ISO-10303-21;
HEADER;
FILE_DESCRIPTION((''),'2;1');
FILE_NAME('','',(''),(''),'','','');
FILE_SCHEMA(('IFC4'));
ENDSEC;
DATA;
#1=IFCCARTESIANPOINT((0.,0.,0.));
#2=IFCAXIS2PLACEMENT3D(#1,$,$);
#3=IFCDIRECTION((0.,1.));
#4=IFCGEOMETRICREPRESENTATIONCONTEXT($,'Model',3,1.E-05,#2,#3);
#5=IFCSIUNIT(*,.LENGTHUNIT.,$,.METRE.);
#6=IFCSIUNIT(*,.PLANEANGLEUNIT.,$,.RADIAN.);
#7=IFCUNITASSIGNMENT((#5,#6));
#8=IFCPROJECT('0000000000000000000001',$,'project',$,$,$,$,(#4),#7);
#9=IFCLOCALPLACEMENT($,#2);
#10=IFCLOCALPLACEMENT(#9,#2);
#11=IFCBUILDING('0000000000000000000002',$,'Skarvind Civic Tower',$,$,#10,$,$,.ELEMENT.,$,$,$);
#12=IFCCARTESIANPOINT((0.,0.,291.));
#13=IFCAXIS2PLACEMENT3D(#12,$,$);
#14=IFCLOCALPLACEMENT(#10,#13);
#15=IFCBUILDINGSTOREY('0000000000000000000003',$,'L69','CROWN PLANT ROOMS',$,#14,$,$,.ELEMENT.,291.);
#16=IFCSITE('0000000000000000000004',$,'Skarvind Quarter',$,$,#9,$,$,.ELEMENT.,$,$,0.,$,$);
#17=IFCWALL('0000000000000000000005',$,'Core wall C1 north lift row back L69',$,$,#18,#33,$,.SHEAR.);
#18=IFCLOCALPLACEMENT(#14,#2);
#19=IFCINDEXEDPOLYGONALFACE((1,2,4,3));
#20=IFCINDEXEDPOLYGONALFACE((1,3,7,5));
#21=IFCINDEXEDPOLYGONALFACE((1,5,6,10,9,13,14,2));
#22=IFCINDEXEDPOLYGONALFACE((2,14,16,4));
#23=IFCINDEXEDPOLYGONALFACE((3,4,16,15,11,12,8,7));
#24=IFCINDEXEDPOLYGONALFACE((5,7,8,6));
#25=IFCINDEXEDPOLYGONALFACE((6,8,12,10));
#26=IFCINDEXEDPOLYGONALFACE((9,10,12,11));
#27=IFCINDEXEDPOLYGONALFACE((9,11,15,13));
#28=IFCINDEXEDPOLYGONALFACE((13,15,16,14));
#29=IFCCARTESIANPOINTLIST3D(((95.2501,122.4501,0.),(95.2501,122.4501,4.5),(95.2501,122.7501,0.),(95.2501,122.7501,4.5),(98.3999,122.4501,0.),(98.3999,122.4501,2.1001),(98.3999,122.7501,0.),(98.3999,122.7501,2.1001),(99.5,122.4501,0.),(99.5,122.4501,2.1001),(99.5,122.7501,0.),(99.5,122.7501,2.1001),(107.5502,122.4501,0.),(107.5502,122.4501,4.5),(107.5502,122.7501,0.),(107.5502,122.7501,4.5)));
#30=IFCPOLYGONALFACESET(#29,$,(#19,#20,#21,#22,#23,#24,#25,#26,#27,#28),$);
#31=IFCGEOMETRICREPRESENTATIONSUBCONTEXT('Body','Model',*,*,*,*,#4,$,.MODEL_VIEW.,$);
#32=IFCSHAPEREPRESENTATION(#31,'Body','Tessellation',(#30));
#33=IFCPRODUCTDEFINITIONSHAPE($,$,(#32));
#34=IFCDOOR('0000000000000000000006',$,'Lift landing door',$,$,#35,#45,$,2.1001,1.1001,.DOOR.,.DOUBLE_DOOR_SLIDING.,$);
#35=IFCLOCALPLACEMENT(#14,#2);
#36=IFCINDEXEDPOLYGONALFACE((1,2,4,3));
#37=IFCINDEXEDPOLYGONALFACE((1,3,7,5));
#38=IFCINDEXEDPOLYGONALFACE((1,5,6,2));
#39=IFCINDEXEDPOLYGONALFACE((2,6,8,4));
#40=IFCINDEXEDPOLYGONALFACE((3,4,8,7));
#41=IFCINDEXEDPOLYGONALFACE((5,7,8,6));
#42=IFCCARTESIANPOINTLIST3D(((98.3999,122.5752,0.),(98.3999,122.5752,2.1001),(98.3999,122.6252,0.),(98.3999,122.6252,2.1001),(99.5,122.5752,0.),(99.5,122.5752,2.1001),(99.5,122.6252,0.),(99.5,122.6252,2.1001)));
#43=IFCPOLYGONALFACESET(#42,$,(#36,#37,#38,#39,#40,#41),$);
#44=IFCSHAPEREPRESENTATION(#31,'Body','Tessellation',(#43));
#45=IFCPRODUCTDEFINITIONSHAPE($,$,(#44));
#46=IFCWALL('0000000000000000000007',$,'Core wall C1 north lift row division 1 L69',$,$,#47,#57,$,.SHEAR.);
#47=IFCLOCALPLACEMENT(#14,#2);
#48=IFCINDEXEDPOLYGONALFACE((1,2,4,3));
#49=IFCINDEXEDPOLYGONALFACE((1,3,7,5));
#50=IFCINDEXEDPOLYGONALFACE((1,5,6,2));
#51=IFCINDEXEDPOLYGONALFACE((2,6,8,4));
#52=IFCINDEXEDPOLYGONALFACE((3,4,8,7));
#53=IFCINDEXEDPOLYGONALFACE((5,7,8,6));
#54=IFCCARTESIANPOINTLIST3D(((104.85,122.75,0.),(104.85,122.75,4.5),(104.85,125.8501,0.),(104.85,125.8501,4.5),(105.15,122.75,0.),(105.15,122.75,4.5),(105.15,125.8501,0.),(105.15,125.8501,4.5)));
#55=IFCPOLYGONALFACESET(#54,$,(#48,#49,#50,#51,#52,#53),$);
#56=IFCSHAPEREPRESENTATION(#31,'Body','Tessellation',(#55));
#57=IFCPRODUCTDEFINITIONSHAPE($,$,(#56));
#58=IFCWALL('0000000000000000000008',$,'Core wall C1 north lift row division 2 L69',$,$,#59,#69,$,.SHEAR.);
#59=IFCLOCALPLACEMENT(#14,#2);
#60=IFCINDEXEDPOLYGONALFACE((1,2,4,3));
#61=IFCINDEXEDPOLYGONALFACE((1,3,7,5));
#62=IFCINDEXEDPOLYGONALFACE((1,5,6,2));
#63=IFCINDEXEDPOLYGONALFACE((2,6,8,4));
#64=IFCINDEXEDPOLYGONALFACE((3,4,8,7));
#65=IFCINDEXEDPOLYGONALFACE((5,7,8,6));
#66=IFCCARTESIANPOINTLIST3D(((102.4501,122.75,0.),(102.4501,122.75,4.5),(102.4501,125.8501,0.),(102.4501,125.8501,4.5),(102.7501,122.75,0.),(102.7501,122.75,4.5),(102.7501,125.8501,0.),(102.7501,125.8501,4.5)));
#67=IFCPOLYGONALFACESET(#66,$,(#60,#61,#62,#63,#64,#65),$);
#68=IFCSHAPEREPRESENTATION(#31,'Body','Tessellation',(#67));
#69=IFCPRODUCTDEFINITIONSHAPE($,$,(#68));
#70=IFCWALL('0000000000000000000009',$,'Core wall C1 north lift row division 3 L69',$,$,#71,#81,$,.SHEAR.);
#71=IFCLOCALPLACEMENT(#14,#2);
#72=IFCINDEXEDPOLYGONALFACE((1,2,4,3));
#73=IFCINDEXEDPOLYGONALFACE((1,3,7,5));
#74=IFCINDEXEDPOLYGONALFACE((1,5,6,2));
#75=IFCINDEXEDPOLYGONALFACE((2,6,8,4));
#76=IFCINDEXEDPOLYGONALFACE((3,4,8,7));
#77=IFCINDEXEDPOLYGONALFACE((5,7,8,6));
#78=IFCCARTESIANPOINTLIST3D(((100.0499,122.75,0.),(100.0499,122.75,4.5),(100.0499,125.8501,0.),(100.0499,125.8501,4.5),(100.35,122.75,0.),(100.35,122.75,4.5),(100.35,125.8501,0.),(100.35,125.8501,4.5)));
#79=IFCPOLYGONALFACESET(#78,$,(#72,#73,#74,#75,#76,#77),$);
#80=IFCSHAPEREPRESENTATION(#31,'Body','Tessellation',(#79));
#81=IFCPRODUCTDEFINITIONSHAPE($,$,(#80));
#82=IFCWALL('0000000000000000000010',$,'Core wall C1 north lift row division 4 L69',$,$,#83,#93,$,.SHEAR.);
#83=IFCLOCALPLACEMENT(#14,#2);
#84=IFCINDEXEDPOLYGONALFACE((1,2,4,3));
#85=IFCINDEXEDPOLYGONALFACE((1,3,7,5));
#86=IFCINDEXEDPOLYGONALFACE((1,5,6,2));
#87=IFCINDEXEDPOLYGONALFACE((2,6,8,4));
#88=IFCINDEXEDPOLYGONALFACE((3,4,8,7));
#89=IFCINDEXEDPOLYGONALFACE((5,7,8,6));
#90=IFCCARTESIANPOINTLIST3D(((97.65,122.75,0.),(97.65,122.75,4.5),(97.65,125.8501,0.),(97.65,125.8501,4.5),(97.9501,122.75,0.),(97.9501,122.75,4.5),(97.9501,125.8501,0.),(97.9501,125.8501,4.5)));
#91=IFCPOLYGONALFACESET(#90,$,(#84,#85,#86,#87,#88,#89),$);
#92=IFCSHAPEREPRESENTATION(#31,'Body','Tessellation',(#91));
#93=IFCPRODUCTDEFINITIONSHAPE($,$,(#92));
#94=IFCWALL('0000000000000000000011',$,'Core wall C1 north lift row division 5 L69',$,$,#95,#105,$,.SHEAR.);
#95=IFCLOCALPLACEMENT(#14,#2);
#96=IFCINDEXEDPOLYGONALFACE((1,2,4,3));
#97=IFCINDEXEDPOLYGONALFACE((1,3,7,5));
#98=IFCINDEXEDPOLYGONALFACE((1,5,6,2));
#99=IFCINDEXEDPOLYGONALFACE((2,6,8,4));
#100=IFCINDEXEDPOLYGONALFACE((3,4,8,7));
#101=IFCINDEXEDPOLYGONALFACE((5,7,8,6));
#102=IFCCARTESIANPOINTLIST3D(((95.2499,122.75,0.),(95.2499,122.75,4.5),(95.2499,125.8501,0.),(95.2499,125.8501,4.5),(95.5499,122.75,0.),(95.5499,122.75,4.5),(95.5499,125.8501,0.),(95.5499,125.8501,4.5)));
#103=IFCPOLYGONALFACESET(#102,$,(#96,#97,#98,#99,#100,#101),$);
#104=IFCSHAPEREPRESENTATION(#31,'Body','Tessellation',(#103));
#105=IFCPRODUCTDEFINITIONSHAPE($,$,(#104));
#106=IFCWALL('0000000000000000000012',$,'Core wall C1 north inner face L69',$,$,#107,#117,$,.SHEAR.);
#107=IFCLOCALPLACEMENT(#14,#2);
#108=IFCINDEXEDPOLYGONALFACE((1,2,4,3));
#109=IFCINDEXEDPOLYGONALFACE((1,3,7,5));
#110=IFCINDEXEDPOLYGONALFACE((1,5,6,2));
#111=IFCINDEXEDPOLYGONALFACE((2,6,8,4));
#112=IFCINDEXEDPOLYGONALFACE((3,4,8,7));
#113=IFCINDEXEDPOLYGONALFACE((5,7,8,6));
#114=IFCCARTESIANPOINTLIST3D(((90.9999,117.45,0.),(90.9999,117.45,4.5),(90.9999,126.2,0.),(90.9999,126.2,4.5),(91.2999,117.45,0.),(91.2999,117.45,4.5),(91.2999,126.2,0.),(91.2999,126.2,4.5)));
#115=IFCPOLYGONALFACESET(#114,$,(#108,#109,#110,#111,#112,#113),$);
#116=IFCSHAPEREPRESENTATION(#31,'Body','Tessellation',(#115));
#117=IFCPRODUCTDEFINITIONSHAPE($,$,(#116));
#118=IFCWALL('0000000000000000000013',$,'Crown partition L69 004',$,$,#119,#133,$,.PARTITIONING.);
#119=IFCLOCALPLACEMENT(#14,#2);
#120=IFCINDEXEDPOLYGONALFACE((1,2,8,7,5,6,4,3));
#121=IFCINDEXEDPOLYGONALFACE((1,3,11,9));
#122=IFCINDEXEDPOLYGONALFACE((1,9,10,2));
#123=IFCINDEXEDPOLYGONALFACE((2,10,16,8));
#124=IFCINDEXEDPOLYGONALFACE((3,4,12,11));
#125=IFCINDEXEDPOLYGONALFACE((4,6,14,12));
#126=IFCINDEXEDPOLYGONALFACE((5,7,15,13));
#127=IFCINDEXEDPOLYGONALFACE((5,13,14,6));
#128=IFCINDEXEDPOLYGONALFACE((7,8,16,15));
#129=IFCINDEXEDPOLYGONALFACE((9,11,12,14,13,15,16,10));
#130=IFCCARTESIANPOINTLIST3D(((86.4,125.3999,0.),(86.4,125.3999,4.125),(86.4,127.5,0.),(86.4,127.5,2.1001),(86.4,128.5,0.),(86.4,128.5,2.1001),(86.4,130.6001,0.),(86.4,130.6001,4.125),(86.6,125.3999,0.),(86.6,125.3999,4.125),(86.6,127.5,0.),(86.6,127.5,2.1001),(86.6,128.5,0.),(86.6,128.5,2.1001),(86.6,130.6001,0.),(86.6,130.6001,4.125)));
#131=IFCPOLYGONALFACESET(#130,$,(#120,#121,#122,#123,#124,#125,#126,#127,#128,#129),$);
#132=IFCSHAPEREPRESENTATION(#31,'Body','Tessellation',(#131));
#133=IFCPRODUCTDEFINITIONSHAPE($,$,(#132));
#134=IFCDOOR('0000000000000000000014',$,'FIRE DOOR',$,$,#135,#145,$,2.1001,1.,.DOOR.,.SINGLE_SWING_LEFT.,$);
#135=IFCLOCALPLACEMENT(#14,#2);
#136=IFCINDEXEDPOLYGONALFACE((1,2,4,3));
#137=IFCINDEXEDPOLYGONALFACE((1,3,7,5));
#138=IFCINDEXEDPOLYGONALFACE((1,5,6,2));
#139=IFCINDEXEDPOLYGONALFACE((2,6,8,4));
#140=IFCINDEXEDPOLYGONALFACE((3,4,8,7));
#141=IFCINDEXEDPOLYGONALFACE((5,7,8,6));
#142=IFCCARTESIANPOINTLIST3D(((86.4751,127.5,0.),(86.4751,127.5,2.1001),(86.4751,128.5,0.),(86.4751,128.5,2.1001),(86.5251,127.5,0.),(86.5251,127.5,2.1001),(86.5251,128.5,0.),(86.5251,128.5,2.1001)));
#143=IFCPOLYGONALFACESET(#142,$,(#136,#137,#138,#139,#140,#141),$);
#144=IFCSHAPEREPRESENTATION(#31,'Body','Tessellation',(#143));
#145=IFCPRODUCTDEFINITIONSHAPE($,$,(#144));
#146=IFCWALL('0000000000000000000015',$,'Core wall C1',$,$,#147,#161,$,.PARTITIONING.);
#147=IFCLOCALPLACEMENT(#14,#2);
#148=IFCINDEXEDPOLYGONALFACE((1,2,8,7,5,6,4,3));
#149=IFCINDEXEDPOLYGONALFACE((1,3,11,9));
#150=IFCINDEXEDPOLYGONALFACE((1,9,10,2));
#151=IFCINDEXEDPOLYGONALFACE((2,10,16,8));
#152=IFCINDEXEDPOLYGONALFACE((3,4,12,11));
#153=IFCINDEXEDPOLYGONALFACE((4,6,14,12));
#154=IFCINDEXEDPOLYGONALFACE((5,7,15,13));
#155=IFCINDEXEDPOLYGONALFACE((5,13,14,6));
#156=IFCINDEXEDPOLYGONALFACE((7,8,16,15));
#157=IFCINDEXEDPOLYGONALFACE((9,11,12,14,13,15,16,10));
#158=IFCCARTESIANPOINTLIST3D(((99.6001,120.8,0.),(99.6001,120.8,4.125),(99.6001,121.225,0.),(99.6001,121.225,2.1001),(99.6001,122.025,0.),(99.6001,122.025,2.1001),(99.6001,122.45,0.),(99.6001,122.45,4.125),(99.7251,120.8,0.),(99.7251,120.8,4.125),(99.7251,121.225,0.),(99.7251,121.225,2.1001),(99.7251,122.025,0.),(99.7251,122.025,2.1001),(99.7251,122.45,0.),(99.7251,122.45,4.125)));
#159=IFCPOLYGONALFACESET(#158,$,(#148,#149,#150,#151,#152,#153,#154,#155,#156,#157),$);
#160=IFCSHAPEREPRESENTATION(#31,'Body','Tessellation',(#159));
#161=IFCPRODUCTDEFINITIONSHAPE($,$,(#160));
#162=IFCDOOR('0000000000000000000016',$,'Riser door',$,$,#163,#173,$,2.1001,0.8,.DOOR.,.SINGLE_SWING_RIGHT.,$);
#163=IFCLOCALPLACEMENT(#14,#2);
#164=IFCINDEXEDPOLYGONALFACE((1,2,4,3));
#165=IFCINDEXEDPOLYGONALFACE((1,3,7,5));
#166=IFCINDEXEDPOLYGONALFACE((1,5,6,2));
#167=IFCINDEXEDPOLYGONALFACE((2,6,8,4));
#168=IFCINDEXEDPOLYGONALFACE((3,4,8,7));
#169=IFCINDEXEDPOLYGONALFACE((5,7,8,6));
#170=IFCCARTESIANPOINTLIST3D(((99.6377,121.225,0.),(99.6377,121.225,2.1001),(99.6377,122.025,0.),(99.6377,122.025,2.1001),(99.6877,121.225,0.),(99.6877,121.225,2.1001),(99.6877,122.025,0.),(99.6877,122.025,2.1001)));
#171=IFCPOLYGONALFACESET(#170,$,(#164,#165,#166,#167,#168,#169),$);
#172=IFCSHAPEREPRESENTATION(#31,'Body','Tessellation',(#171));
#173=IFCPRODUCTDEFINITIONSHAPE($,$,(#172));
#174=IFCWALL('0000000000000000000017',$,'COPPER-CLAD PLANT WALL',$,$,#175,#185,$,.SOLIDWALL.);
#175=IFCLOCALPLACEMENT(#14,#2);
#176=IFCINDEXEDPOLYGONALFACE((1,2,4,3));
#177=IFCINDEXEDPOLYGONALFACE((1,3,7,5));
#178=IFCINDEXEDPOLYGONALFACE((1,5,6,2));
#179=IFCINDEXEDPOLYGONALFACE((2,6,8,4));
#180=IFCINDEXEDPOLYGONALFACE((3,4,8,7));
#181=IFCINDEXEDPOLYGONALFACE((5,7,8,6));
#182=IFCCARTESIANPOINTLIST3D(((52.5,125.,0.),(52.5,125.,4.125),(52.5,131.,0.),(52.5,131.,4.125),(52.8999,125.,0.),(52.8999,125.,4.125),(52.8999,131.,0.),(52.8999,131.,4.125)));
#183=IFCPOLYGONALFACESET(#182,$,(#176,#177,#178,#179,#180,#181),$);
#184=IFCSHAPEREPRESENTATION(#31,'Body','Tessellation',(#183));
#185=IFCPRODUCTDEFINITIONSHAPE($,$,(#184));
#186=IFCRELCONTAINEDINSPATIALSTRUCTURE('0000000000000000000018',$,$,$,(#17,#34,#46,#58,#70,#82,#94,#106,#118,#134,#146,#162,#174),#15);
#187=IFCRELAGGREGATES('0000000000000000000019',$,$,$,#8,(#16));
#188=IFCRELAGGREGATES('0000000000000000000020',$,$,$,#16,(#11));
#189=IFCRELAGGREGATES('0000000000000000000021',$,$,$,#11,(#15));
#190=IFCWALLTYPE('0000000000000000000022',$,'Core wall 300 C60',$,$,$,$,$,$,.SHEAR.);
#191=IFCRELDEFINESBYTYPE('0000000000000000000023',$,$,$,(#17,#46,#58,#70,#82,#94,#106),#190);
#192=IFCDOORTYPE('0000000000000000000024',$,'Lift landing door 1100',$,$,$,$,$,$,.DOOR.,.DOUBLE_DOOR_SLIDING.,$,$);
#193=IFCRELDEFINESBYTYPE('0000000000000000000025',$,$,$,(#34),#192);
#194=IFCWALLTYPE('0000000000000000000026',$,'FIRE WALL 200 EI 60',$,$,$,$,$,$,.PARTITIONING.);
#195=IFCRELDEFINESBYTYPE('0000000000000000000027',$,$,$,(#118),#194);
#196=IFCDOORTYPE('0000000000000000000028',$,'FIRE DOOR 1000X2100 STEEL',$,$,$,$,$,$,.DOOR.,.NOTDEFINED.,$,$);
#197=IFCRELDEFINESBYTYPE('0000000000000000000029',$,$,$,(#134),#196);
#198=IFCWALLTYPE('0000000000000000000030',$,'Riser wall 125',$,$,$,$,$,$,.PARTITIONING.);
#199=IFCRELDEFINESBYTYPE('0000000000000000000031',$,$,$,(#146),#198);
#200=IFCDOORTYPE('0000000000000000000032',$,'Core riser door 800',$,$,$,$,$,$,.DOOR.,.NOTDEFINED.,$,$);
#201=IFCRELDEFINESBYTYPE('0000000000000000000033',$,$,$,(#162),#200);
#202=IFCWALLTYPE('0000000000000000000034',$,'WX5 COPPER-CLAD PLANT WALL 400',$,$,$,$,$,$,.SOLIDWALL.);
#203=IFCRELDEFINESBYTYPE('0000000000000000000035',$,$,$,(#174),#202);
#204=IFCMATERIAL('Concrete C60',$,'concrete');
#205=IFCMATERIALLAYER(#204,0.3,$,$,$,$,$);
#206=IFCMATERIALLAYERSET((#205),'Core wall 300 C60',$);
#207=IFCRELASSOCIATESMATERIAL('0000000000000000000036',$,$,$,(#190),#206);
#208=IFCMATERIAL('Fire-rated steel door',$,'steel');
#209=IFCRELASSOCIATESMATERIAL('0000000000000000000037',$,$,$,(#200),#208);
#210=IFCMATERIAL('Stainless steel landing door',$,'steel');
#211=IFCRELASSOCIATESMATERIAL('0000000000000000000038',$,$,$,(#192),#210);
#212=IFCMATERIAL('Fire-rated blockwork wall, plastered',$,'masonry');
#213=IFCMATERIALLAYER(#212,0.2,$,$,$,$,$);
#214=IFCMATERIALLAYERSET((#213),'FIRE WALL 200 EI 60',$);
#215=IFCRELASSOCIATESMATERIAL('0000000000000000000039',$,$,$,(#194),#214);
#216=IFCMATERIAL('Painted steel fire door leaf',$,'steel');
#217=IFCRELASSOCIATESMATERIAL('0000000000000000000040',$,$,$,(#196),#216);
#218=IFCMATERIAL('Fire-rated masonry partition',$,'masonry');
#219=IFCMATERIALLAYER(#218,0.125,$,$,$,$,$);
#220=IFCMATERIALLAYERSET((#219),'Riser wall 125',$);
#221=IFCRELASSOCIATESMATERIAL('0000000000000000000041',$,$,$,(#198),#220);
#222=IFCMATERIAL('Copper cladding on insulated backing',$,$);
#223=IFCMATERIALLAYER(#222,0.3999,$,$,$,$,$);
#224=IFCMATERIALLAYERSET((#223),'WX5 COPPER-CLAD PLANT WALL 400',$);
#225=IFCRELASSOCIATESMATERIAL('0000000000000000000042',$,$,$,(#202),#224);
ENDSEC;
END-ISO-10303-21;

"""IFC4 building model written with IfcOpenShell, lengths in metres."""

from ifc_helpers import new_model, si_unit, direction, frame, frame_2d, origin, place, context, subcontext, project, spatial, rectangle, extrude, material, layer, layer_set, type_object, element, fill, save


model = new_model("IFC4")

# Units and contexts
model_context = context("Model", 3, precision=1e-05, world=origin(), true_north=direction((0.0, 1.0)))
body_context = subcontext(model_context, "Body", "Model", "MODEL_VIEW")
ifc_project = project(units=[si_unit("LENGTHUNIT", "METRE"), si_unit("PLANEANGLEUNIT", "RADIAN")], contexts=[model_context])

# Site, building, storey
site_placement = place(None, origin())
site = spatial("IfcSite", under=ifc_project, at=site_placement, Name="Skarvind Quarter", CompositionType="ELEMENT", RefElevation=0.0)
building_placement = place(site_placement, origin())
building = spatial("IfcBuilding", under=site, at=building_placement, Name="Skarvind Civic Tower", CompositionType="ELEMENT")
storey_placement = place(building_placement, frame((0.0, 0.0, 291.0)))
storey = spatial("IfcBuildingStorey", under=building, at=storey_placement, Name="L69", Description="CROWN PLANT ROOMS", CompositionType="ELEMENT", Elevation=291.0)

# Shared definitions
ifc_material_1 = material(Name="Concrete C60", Category="concrete")

# Shared definitions
ifc_material_2 = material(Name="Fire-rated masonry partition", Category="masonry")
ifc_material_3 = material(Name="Fire-rated steel door", Category="steel")

# Shared definitions
ifc_layer_1 = layer(ifc_material_1, 0.3)
ifc_layer_set_1 = layer_set([ifc_layer_1], Name="Core wall 300 C60")
wall_type_1 = type_object("IfcWallType", Name="Core wall 300 C60", PredefinedType="SHEAR", material=ifc_layer_set_1)
door_type_1 = type_object("IfcDoorType", Name="Core riser door 800", OperationType="NOTDEFINED", PredefinedType="DOOR", material=ifc_material_3)
ifc_material_4 = material(Name="Stainless steel landing door", Category="steel")
door_type_2 = type_object("IfcDoorType", Name="Lift landing door 1100", OperationType="DOUBLE_DOOR_SLIDING", PredefinedType="DOOR", material=ifc_material_4)

# Wall, opening, door
wall_1_placement = place(storey_placement, frame((107.55, 122.6001, 0.0), z_axis=(0.0, 0.0, 1.0), x_axis=(-1.0, 0.0, 0.0)))
wall_1 = element("IfcWall", 1, at=wall_1_placement, inside=storey, type_object=wall_type_1, Name="Core wall C1 north lift row back L69", PredefinedType="SHEAR", context=body_context, shape_type="SweptSolid", body=[
    extrude(rectangle(XDim=12.3, YDim=0.3, at=frame_2d((6.1499, 0.0))), origin(), (0.0, 0.0, 1.0), 4.5),
])
opening_1_placement = place(wall_1_placement, frame((8.05, 0.0, 0.0)))
opening_1 = element("IfcOpeningElement", 2, at=opening_1_placement, cuts=wall_1, PredefinedType="OPENING", context=body_context, shape_type="SweptSolid", body=[
    extrude(rectangle(XDim=1.1001, YDim=2.1001, at=frame_2d((0.55, 1.05))), frame((0.0, 0.1599, 0.0), z_axis=(0.0, -1.0, 0.0), x_axis=(1.0, 0.0, 0.0)), (0.0, 0.0, 1.0), 0.3201),
])
door_1_placement = place(opening_1_placement, origin())
door_1 = element("IfcDoor", 3, at=door_1_placement, inside=storey, type_object=door_type_2, Name="Lift landing door", OperationType="DOUBLE_DOOR_SLIDING", OverallHeight=2.1001, OverallWidth=1.1001, PredefinedType="DOOR", context=body_context, shape_type="SweptSolid", body=[
    extrude(rectangle(XDim=1.1001, YDim=2.1001, at=frame_2d((0.55, 1.05))), frame((0.0, 0.0249, 0.0), z_axis=(0.0, -1.0, 0.0), x_axis=(1.0, 0.0, 0.0)), (0.0, 0.0, 1.0), 0.05),
])
fill(opening_1, door_1)

# Walls
for number, where, z_axis, x_axis, name in (
    (4, (105.0, 125.8501, 0.0), (0.0, 0.0, 1.0), (0.0, -1.0, 0.0), "Core wall C1 north lift row division 1 L69"),
    (5, (102.6001, 125.8501, 0.0), (0.0, 0.0, 1.0), (0.0, -1.0, 0.0), "Core wall C1 north lift row division 2 L69"),
    (6, (100.2, 125.8501, 0.0), (0.0, 0.0, 1.0), (0.0, -1.0, 0.0), "Core wall C1 north lift row division 3 L69"),
    (7, (97.8, 125.8501, 0.0), (0.0, 0.0, 1.0), (0.0, -1.0, 0.0), "Core wall C1 north lift row division 4 L69"),
    (8, (95.3999, 125.8501, 0.0), (0.0, 0.0, 1.0), (0.0, -1.0, 0.0), "Core wall C1 north lift row division 5 L69"),
):
    element("IfcWall", number, at=place(storey_placement, frame(where, z_axis=z_axis, x_axis=x_axis)), inside=storey, type_object=wall_type_1, Name=name, PredefinedType="SHEAR", context=body_context, shape_type="SweptSolid", body=[
        extrude(rectangle(XDim=3.1001, YDim=0.3, at=frame_2d((1.55, 0.0))), origin(), (0.0, 0.0, 1.0), 4.5),
    ])
wall_2_placement = place(storey_placement, frame((91.1499, 126.2, 0.0), z_axis=(0.0, 0.0, 1.0), x_axis=(0.0, -1.0, 0.0)))
element("IfcWall", 9, at=wall_2_placement, inside=storey, type_object=wall_type_1, Name="Core wall C1 north inner face L69", PredefinedType="SHEAR", context=body_context, shape_type="SweptSolid", body=[
    extrude(rectangle(XDim=8.75, YDim=0.3, at=frame_2d((4.375, 0.0))), origin(), (0.0, 0.0, 1.0), 4.5),
])

# Walls, openings, doors
ifc_material_5 = material(Name="Fire-rated blockwork wall, plastered", Category="masonry")
ifc_layer_2 = layer(ifc_material_5, 0.2)
ifc_layer_set_2 = layer_set([ifc_layer_2], Name="FIRE WALL 200 EI 60")
wall_type_2 = type_object("IfcWallType", Name="FIRE WALL 200 EI 60", PredefinedType="PARTITIONING", material=ifc_layer_set_2)
wall_3_placement = place(storey_placement, frame((86.5, 125.3999, 0.0), z_axis=(0.0, 0.0, 1.0), x_axis=(0.0, 1.0, 0.0)))
wall_3 = element("IfcWall", 10, at=wall_3_placement, inside=storey, type_object=wall_type_2, Name="Crown partition L69 004", PredefinedType="PARTITIONING", context=body_context, shape_type="SweptSolid", body=[
    extrude(rectangle(XDim=5.2002, YDim=0.2, at=frame_2d((2.6001, 0.0))), origin(), (0.0, 0.0, 1.0), 4.125),
])
opening_2_placement = place(wall_3_placement, frame((2.1001, 0.0, 0.0)))
opening_2 = element("IfcOpeningElement", 11, at=opening_2_placement, cuts=wall_3, PredefinedType="OPENING", context=body_context, shape_type="SweptSolid", body=[
    extrude(rectangle(XDim=1.0, YDim=2.1001, at=frame_2d((0.5, 1.05))), frame((0.0, 0.1099, 0.0), z_axis=(0.0, -1.0, 0.0), x_axis=(1.0, 0.0, 0.0)), (0.0, 0.0, 1.0), 0.22),
])
ifc_material_6 = material(Name="Painted steel fire door leaf", Category="steel")
door_type_3 = type_object("IfcDoorType", Name="FIRE DOOR 1000X2100 STEEL", OperationType="NOTDEFINED", PredefinedType="DOOR", material=ifc_material_6)
door_2_placement = place(opening_2_placement, origin())
door_2 = element("IfcDoor", 12, at=door_2_placement, inside=storey, type_object=door_type_3, Name="FIRE DOOR", OperationType="SINGLE_SWING_LEFT", OverallHeight=2.1001, OverallWidth=1.0, PredefinedType="DOOR", context=body_context, shape_type="SweptSolid", body=[
    extrude(rectangle(XDim=1.0, YDim=2.1001, at=frame_2d((0.5, 1.05))), frame((0.0, 0.0249, 0.0), z_axis=(0.0, -1.0, 0.0), x_axis=(1.0, 0.0, 0.0)), (0.0, 0.0, 1.0), 0.05),
])
fill(opening_2, door_2)
ifc_layer_3 = layer(ifc_material_2, 0.125)
ifc_layer_set_3 = layer_set([ifc_layer_3], Name="Riser wall 125")
wall_type_3 = type_object("IfcWallType", Name="Riser wall 125", PredefinedType="PARTITIONING", material=ifc_layer_set_3)
wall_4_placement = place(storey_placement, frame((99.6626, 120.8, 0.0), z_axis=(0.0, 0.0, 1.0), x_axis=(0.0, 1.0, 0.0)))
wall_4 = element("IfcWall", 13, at=wall_4_placement, inside=storey, type_object=wall_type_3, Name="Core wall C1", PredefinedType="PARTITIONING", context=body_context, shape_type="SweptSolid", body=[
    extrude(rectangle(XDim=1.6499, YDim=0.125, at=frame_2d((0.825, 0.0))), origin(), (0.0, 0.0, 1.0), 4.125),
])
opening_3_placement = place(wall_4_placement, frame((0.425, 0.0, 0.0)))
opening_3 = element("IfcOpeningElement", 14, at=opening_3_placement, cuts=wall_4, PredefinedType="OPENING", context=body_context, shape_type="SweptSolid", body=[
    extrude(rectangle(XDim=0.8, YDim=2.1001, at=frame_2d((0.3999, 1.05))), frame((0.0, 0.0725, 0.0), z_axis=(0.0, -1.0, 0.0), x_axis=(1.0, 0.0, 0.0)), (0.0, 0.0, 1.0), 0.145),
])
door_3_placement = place(opening_3_placement, origin())
door_3 = element("IfcDoor", 15, at=door_3_placement, inside=storey, type_object=door_type_1, Name="Riser door", OperationType="SINGLE_SWING_RIGHT", OverallHeight=2.1001, OverallWidth=0.8, PredefinedType="DOOR", context=body_context, shape_type="SweptSolid", body=[
    extrude(rectangle(XDim=0.8, YDim=2.1001, at=frame_2d((0.3999, 1.05))), frame((0.0, 0.0249, 0.0), z_axis=(0.0, -1.0, 0.0), x_axis=(1.0, 0.0, 0.0)), (0.0, 0.0, 1.0), 0.05),
])
fill(opening_3, door_3)

# Wall
ifc_material_7 = material(Name="Copper cladding on insulated backing")
ifc_layer_4 = layer(ifc_material_7, 0.3999)
ifc_layer_set_4 = layer_set([ifc_layer_4], Name="WX5 COPPER-CLAD PLANT WALL 400")
wall_type_4 = type_object("IfcWallType", Name="WX5 COPPER-CLAD PLANT WALL 400", PredefinedType="SOLIDWALL", material=ifc_layer_set_4)
wall_5_placement = place(storey_placement, frame((52.7, 125.0, 0.0), z_axis=(0.0, 0.0, 1.0), x_axis=(0.0, 1.0, 0.0)))
element("IfcWall", 16, at=wall_5_placement, inside=storey, type_object=wall_type_4, Name="COPPER-CLAD PLANT WALL", PredefinedType="SOLIDWALL", context=body_context, shape_type="SweptSolid", body=[
    extrude(rectangle(XDim=6.0, YDim=0.3999, at=frame_2d((3.0, 0.0))), origin(), (0.0, 0.0, 1.0), 4.125),
])

save(model, "model.ifc")
